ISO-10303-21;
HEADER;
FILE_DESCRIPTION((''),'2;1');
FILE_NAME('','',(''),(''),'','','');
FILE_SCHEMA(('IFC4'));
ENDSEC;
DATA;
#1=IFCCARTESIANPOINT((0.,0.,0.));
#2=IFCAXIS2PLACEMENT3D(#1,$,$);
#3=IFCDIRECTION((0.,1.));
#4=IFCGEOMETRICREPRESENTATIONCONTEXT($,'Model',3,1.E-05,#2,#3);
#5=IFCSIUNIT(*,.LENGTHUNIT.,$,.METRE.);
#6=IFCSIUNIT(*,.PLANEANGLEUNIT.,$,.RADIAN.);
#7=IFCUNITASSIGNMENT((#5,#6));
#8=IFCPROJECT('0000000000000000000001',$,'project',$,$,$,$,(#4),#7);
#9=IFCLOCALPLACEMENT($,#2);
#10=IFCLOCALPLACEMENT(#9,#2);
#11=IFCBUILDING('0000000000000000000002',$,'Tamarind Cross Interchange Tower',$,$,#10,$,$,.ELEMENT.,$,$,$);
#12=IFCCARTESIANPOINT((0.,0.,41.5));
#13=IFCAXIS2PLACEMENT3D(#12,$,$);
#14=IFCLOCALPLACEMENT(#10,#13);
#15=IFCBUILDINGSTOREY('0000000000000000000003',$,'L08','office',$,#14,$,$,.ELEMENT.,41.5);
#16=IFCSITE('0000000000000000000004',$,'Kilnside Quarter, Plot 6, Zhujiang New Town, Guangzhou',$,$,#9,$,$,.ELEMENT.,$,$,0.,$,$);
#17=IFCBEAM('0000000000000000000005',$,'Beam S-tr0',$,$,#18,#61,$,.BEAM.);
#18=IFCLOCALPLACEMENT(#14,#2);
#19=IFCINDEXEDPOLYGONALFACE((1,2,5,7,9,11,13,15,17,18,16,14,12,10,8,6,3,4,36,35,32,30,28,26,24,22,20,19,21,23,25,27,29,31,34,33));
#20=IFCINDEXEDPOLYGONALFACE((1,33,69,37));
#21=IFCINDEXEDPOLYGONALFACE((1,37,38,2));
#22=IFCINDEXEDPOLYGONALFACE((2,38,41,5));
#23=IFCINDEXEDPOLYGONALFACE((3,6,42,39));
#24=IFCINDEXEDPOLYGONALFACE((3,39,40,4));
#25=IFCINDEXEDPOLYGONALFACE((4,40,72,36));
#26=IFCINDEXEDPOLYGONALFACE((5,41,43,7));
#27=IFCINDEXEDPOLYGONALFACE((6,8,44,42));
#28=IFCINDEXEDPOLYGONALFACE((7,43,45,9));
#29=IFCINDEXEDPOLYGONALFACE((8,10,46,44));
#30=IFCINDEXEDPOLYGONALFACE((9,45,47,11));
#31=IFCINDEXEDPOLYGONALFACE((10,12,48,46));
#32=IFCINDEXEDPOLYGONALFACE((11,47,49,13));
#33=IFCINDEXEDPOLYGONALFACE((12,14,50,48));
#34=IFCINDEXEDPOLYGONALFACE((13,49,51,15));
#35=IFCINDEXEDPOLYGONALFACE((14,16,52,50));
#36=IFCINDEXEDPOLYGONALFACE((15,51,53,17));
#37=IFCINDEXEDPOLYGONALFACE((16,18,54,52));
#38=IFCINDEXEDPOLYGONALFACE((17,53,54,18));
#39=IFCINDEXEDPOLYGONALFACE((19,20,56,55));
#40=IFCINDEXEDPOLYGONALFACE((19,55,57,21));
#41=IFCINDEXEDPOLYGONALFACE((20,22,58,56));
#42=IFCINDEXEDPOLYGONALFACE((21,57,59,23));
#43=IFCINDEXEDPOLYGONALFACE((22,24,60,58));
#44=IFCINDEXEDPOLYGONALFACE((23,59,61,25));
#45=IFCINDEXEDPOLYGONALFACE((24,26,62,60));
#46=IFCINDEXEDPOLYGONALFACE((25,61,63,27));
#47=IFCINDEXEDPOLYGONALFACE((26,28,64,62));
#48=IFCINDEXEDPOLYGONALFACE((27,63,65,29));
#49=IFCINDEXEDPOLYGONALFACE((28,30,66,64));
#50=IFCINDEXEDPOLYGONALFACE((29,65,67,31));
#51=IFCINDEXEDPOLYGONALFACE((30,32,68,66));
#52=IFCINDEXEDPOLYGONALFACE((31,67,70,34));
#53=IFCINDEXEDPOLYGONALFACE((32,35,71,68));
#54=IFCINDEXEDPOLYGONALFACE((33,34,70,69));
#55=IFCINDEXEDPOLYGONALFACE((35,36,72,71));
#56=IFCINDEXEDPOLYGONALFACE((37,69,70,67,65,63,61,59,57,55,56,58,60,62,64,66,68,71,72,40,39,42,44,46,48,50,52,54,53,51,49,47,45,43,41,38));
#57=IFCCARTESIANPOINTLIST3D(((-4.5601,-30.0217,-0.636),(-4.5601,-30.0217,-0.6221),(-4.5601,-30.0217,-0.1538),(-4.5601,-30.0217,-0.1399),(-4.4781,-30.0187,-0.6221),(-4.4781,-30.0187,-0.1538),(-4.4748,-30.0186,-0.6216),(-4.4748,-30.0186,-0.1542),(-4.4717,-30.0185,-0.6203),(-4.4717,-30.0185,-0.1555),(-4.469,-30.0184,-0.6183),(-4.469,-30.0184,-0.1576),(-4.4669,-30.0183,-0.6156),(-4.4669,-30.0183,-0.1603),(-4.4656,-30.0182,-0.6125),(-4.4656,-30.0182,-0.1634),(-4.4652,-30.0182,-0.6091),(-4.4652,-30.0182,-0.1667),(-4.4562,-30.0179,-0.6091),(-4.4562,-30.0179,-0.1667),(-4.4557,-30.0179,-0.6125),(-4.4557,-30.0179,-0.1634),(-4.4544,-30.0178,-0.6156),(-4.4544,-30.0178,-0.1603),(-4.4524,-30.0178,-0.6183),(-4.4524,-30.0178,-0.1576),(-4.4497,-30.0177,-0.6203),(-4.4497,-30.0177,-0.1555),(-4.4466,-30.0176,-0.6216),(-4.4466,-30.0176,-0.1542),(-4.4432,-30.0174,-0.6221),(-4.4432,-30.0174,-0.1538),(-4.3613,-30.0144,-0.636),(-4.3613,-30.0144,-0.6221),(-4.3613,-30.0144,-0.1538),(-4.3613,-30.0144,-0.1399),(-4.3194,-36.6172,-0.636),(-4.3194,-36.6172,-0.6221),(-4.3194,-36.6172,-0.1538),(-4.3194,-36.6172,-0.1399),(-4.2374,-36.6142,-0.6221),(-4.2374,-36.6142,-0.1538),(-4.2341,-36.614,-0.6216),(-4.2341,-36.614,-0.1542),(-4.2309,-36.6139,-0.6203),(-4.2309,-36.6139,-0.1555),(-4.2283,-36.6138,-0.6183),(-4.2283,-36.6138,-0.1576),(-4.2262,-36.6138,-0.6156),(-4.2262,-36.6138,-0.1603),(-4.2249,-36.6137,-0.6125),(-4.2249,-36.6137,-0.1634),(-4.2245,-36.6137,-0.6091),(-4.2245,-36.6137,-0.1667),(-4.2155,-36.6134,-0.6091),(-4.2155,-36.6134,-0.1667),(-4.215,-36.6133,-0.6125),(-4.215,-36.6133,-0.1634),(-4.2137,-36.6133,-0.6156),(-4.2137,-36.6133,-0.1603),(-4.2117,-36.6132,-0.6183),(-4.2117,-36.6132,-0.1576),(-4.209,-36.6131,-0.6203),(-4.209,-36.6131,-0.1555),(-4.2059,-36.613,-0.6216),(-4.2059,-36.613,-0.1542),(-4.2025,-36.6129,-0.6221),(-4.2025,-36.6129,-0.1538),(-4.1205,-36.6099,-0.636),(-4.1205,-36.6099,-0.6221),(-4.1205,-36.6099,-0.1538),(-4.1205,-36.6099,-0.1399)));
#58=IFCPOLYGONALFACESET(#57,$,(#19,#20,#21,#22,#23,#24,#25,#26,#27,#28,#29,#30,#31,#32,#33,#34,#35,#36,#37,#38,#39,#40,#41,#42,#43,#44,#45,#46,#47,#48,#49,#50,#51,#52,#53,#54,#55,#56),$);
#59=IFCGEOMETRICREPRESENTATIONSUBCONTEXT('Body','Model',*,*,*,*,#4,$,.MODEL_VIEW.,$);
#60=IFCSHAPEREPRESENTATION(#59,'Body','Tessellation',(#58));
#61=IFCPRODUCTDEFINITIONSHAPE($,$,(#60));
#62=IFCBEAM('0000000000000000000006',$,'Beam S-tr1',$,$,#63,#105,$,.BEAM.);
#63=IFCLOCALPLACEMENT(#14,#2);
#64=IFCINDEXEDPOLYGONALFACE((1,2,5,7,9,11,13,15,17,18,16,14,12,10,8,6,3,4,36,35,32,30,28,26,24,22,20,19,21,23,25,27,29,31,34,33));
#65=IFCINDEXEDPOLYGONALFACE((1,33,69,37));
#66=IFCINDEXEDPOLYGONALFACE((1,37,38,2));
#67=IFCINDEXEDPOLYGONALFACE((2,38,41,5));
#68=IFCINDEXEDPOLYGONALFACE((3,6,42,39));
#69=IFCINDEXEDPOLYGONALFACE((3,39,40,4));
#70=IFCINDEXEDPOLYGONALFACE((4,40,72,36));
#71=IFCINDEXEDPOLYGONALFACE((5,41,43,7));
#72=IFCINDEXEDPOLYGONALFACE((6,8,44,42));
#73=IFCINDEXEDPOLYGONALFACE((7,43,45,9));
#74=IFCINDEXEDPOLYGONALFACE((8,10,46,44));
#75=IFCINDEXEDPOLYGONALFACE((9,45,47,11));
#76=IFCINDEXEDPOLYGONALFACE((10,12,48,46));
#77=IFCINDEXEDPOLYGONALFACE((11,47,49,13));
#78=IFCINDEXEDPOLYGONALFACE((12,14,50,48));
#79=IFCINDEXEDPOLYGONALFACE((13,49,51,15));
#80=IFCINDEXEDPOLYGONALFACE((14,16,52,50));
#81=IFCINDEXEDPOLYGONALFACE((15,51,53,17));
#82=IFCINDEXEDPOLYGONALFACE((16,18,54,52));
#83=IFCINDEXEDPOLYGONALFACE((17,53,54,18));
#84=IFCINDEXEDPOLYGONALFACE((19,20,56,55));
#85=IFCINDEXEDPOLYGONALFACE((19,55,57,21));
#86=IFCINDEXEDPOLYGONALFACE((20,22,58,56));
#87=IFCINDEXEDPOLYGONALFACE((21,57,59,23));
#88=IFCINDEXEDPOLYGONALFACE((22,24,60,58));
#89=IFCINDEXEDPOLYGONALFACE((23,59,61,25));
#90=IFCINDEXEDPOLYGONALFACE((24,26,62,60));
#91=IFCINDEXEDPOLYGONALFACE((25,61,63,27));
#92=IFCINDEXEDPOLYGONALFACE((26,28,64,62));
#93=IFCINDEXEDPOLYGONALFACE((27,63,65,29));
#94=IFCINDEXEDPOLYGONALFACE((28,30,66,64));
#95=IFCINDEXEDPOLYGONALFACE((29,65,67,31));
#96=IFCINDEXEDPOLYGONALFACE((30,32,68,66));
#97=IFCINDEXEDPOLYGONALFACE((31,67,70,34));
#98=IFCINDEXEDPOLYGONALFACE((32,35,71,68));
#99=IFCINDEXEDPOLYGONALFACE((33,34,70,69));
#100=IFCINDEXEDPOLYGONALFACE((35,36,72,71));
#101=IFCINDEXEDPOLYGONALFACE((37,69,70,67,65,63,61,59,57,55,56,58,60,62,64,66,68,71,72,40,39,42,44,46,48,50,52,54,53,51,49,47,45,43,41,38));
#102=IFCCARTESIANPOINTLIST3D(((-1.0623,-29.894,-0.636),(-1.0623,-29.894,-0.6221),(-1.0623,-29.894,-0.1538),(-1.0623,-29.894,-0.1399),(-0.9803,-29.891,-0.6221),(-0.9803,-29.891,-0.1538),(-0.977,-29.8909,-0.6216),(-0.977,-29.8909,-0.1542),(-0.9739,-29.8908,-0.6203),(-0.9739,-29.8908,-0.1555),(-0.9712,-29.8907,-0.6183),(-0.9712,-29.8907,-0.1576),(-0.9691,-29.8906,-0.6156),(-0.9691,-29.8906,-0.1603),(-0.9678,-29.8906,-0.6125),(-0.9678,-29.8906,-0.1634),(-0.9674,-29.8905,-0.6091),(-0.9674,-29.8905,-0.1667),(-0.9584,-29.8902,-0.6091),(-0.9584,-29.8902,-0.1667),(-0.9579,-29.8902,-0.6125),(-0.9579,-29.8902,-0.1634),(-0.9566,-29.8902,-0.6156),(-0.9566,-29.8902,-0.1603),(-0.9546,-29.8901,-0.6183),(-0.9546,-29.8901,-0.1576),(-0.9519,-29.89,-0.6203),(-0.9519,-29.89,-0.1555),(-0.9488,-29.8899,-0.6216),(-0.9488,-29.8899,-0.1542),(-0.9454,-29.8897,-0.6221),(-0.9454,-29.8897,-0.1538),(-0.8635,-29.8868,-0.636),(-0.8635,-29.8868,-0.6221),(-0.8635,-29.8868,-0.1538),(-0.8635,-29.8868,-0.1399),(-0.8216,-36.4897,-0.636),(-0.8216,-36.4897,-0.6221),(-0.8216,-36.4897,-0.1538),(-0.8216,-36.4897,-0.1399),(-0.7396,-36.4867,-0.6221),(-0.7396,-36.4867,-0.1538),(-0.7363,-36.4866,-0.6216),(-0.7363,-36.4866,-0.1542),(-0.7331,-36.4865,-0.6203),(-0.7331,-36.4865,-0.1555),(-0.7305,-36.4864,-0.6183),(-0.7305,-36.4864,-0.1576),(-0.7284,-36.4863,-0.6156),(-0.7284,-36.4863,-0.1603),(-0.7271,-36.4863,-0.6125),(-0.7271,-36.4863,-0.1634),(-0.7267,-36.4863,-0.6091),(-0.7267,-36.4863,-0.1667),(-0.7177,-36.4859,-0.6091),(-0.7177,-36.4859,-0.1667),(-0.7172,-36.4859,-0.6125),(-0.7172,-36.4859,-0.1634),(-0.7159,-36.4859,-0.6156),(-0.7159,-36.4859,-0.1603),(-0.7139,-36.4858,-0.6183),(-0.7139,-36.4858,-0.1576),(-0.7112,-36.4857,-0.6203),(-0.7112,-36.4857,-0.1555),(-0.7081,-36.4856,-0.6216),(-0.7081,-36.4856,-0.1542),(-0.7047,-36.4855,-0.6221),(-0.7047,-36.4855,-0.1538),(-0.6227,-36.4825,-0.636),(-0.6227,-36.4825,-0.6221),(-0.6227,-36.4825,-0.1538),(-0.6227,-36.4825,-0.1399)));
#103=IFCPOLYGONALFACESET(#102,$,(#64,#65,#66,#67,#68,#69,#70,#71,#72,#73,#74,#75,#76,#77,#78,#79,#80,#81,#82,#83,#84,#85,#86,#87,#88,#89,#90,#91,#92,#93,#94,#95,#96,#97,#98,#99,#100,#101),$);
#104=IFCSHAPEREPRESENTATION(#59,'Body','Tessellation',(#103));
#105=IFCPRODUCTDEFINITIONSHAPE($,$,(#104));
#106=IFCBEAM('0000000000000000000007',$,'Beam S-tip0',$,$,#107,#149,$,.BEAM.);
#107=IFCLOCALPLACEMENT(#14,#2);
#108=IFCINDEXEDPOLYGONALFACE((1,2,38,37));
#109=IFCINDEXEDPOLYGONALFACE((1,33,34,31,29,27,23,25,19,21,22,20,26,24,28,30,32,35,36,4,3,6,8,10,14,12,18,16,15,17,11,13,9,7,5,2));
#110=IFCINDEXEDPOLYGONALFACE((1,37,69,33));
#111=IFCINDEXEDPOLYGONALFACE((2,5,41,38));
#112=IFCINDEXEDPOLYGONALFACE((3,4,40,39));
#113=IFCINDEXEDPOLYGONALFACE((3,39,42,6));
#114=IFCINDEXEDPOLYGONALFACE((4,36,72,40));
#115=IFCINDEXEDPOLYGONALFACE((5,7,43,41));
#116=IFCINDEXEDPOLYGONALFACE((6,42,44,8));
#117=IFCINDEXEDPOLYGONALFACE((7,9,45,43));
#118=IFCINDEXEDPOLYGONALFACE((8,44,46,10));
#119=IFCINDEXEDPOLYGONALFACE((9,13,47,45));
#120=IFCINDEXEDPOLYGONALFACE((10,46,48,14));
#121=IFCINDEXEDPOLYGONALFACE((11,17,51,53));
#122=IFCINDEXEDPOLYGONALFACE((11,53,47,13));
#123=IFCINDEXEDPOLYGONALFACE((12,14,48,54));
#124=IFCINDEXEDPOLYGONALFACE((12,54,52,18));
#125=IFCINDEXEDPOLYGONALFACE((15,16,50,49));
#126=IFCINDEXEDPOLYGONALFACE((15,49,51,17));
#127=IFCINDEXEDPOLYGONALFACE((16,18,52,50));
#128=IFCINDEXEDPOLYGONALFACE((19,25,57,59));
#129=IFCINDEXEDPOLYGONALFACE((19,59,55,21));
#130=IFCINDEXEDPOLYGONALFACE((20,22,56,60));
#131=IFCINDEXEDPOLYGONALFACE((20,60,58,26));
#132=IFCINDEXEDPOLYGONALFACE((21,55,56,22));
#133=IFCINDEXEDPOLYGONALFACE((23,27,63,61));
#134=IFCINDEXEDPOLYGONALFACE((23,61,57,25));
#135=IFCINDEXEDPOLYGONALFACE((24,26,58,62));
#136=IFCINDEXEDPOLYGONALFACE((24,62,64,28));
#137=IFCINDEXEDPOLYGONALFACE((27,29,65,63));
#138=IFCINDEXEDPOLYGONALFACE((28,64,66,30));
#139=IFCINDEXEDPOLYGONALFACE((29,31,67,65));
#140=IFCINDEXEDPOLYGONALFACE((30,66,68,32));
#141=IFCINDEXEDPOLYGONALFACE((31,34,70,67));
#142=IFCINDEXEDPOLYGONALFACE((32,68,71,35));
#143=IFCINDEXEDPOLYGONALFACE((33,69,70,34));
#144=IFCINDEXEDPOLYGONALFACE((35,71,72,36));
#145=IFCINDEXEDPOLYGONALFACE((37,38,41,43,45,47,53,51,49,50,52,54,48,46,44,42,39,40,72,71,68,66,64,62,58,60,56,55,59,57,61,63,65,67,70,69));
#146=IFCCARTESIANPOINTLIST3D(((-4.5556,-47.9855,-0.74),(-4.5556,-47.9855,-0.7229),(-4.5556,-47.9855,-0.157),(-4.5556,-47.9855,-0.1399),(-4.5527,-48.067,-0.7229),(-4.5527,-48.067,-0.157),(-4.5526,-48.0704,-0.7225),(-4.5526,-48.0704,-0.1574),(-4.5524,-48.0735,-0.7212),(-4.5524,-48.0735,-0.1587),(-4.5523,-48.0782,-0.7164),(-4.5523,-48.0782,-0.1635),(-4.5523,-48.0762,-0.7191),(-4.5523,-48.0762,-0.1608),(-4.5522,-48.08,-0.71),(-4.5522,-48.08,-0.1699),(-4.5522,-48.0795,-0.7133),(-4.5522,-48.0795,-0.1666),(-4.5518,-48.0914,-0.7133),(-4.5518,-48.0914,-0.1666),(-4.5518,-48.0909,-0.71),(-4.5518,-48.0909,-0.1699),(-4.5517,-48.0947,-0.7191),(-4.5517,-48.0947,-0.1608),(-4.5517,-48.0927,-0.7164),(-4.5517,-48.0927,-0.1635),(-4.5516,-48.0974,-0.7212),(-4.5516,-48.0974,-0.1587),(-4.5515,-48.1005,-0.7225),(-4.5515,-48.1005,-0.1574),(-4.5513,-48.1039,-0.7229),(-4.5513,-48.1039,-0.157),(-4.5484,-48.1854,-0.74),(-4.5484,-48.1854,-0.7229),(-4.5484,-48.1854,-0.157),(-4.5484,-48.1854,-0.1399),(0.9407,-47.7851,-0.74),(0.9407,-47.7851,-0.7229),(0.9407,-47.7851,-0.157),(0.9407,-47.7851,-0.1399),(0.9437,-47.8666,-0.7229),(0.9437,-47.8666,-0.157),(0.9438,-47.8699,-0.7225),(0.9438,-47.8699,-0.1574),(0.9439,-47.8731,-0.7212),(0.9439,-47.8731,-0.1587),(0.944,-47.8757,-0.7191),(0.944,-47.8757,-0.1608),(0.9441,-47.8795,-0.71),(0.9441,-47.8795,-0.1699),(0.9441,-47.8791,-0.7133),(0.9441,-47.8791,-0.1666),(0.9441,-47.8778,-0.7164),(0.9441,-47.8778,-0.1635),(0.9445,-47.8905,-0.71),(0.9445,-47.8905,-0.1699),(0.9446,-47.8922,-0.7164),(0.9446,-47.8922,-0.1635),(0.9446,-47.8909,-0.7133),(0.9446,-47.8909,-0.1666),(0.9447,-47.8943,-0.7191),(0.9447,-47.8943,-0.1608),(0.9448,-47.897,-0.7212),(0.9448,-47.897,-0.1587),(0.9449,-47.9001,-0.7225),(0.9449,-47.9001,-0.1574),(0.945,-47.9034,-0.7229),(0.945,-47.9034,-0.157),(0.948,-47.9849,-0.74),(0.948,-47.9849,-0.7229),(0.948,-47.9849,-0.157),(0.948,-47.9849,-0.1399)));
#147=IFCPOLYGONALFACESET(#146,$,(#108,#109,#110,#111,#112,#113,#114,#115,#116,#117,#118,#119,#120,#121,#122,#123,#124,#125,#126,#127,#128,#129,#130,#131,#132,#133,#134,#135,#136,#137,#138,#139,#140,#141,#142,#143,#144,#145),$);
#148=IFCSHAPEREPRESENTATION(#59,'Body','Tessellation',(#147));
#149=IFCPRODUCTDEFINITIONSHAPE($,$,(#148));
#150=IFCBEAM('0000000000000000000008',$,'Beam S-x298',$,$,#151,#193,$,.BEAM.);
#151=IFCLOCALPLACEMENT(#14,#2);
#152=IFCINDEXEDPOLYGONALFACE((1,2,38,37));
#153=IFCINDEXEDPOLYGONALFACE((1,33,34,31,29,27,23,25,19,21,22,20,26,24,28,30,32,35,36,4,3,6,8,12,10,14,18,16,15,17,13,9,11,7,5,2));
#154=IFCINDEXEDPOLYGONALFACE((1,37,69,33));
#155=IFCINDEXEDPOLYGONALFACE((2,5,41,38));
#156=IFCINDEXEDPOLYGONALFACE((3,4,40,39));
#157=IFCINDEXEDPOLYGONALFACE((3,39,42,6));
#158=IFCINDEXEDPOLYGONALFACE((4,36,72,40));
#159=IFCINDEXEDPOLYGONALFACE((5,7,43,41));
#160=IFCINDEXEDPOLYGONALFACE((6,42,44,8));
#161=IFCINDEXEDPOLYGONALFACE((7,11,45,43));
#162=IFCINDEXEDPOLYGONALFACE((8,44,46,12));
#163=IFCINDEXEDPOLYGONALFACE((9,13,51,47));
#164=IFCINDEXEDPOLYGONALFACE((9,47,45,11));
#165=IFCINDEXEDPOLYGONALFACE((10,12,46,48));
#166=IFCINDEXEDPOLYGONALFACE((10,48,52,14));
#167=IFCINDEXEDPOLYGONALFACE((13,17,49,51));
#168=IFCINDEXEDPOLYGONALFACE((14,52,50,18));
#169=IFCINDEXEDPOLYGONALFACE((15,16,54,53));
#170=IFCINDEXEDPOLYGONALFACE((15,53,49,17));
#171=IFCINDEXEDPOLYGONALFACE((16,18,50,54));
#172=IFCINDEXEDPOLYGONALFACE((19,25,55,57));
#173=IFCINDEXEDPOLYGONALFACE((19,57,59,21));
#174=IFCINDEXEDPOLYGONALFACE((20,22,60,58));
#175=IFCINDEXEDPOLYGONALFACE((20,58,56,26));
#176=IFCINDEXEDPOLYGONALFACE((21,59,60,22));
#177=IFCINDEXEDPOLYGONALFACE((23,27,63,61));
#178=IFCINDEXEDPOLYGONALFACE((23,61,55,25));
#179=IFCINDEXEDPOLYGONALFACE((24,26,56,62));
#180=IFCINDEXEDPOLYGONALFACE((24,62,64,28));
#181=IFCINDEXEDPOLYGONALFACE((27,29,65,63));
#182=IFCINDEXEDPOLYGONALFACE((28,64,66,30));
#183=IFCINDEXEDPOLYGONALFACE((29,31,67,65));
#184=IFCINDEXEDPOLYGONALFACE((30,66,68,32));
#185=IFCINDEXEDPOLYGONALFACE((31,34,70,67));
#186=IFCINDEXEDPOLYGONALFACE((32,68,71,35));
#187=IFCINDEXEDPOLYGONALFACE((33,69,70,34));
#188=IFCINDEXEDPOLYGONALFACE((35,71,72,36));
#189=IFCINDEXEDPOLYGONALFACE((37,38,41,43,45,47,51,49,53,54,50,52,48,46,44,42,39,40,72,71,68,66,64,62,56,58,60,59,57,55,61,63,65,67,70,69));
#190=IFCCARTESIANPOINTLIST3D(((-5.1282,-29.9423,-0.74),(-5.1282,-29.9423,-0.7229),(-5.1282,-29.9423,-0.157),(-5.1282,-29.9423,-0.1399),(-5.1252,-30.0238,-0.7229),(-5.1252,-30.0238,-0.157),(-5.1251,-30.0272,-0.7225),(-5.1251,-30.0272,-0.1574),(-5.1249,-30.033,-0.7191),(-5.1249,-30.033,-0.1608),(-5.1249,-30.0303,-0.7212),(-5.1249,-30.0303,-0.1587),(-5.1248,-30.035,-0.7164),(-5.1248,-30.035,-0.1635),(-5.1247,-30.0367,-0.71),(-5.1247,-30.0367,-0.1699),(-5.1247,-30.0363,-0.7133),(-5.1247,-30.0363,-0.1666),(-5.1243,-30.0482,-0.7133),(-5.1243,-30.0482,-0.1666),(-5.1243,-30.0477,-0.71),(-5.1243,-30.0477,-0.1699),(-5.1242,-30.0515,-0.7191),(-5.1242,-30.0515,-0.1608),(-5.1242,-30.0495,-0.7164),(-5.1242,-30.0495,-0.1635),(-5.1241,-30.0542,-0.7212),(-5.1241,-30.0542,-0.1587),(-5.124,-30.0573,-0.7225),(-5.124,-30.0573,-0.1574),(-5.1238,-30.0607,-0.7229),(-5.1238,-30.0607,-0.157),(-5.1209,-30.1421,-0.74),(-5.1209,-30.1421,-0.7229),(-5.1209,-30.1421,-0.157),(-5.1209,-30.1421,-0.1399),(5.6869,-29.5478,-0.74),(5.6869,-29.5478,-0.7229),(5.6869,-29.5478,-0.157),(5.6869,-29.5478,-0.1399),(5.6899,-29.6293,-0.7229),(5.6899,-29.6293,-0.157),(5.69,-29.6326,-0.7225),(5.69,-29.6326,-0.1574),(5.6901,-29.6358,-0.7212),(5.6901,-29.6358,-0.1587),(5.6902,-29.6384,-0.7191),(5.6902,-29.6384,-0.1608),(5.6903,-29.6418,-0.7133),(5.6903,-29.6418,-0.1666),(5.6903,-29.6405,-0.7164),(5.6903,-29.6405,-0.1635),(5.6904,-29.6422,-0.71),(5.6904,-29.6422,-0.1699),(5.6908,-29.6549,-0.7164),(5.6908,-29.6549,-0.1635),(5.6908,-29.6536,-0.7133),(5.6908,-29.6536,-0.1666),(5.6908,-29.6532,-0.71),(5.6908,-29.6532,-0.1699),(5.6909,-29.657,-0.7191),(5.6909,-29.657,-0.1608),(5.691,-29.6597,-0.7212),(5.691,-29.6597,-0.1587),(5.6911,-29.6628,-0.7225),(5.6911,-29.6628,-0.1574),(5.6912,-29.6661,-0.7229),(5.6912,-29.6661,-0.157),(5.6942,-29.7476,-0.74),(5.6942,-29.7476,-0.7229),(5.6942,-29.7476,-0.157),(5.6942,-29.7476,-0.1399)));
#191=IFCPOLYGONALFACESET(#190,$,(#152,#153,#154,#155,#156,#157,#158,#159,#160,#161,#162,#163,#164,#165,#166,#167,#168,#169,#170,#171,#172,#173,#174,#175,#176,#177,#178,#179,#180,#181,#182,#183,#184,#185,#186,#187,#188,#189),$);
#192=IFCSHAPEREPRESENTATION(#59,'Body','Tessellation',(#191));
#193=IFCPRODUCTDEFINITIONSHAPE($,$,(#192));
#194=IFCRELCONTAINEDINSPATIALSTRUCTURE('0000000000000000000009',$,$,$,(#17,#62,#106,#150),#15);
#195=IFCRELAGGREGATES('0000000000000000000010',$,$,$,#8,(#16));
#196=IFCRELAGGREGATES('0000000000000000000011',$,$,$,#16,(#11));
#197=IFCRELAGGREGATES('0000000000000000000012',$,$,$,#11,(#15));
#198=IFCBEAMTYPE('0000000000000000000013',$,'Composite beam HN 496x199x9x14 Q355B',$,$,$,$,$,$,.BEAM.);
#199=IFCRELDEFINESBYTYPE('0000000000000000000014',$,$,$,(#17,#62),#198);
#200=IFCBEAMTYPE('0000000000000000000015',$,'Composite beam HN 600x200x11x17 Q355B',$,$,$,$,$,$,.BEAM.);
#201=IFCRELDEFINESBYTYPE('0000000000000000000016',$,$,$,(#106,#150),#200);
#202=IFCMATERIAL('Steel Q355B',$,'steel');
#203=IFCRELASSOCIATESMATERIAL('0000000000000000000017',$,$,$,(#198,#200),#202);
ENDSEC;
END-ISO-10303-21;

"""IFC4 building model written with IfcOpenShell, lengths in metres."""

from ifc_helpers import new_model, si_unit, direction, frame, origin, origin_2d, place, context, subcontext, project, spatial, i_section, extrude, material, material_profile, profile_set, type_object, element, save


model = new_model("IFC4")

# Units and contexts
model_context = context("Model", 3, precision=1e-05, world=origin(), true_north=direction((0.0, 1.0)))
body_context = subcontext(model_context, "Body", "Model", "MODEL_VIEW")
ifc_project = project(units=[si_unit("LENGTHUNIT", "METRE"), si_unit("PLANEANGLEUNIT", "RADIAN")], contexts=[model_context])

# Site, building, storey
site_placement = place(None, origin())
site = spatial("IfcSite", under=ifc_project, at=site_placement, Name="Kilnside Quarter, Plot 6, Zhujiang New Town, Guangzhou", CompositionType="ELEMENT", RefElevation=0.0)
building_placement = place(site_placement, origin())
building = spatial("IfcBuilding", under=site, at=building_placement, Name="Tamarind Cross Interchange Tower", CompositionType="ELEMENT")
storey_placement = place(building_placement, frame((0.0, 0.0, 41.5)))
storey = spatial("IfcBuildingStorey", under=building, at=storey_placement, Name="L08", Description="office", CompositionType="ELEMENT", Elevation=41.5)

# Beams
ifc_material_1 = material(Name="Steel Q355B", Category="steel")
ifc_material_profile_1 = material_profile(ifc_material_1, i_section(OverallWidth=0.199, OverallDepth=0.4961, WebThickness=0.009, FlangeThickness=0.0139, FilletRadius=0.0129, at=origin_2d()), Name="HN 496x199x9x14")
ifc_profile_set_1 = profile_set([ifc_material_profile_1], Name="Steel Q355B")
beam_type_1 = type_object("IfcBeamType", Name="Composite beam HN 496x199x9x14 Q355B", PredefinedType="BEAM", material=ifc_profile_set_1)
beam_1_placement = place(storey_placement, frame((-4.4607, -30.0181, -0.3879), z_axis=(0.036474, -0.999335, 0.0), x_axis=(0.999335, 0.036474, 0.0)))
element("IfcBeam", 1, at=beam_1_placement, inside=storey, type_object=beam_type_1, Name="Beam S-tr0", PredefinedType="BEAM", context=body_context, shape_type="SweptSolid", body=[
    extrude(i_section(OverallWidth=0.199, OverallDepth=0.4961, WebThickness=0.009, FlangeThickness=0.0139, FilletRadius=0.0129, at=origin_2d()), origin(), (0.0, 0.0, 1.0), 6.5999),
])
beam_2_placement = place(storey_placement, frame((-0.9629, -29.8904, -0.3879), z_axis=(0.036473, -0.999335, 0.0), x_axis=(0.999335, 0.036473, 0.0)))
element("IfcBeam", 2, at=beam_2_placement, inside=storey, type_object=beam_type_1, Name="Beam S-tr1", PredefinedType="BEAM", context=body_context, shape_type="SweptSolid", body=[
    extrude(i_section(OverallWidth=0.199, OverallDepth=0.4961, WebThickness=0.009, FlangeThickness=0.0139, FilletRadius=0.0129, at=origin_2d()), origin(), (0.0, 0.0, 1.0), 6.6001),
])
ifc_material_profile_2 = material_profile(ifc_material_1, i_section(OverallWidth=0.2, OverallDepth=0.6001, WebThickness=0.011, FlangeThickness=0.0171, FilletRadius=0.0129, at=origin_2d()), Name="HN 600x200x11x17")
ifc_profile_set_2 = profile_set([ifc_material_profile_2], Name="Steel Q355B")
beam_type_2 = type_object("IfcBeamType", Name="Composite beam HN 600x200x11x17 Q355B", PredefinedType="BEAM", material=ifc_profile_set_2)
beam_3_placement = place(storey_placement, frame((-4.552, -48.0854, -0.4399), z_axis=(0.999336, 0.036444, 0.0), x_axis=(-0.036444, 0.999336, 0.0)))
element("IfcBeam", 3, at=beam_3_placement, inside=storey, type_object=beam_type_2, Name="Beam S-tip0", PredefinedType="BEAM", context=body_context, shape_type="SweptSolid", body=[
    extrude(i_section(OverallWidth=0.2, OverallDepth=0.6001, WebThickness=0.011, FlangeThickness=0.0171, FilletRadius=0.0129, at=origin_2d()), origin(), (0.0, 0.0, 1.0), 5.5),
])
beam_4_placement = place(storey_placement, frame((-5.1245, -30.0422, -0.4399), z_axis=(0.999335, 0.036455, 0.0), x_axis=(-0.036455, 0.999335, 0.0)))
element("IfcBeam", 4, at=beam_4_placement, inside=storey, type_object=beam_type_2, Name="Beam S-x298", PredefinedType="BEAM", context=body_context, shape_type="SweptSolid", body=[
    extrude(i_section(OverallWidth=0.2, OverallDepth=0.6001, WebThickness=0.011, FlangeThickness=0.0171, FilletRadius=0.0129, at=origin_2d()), origin(), (0.0, 0.0, 1.0), 10.8223),
])

save(model, "model.ifc")
